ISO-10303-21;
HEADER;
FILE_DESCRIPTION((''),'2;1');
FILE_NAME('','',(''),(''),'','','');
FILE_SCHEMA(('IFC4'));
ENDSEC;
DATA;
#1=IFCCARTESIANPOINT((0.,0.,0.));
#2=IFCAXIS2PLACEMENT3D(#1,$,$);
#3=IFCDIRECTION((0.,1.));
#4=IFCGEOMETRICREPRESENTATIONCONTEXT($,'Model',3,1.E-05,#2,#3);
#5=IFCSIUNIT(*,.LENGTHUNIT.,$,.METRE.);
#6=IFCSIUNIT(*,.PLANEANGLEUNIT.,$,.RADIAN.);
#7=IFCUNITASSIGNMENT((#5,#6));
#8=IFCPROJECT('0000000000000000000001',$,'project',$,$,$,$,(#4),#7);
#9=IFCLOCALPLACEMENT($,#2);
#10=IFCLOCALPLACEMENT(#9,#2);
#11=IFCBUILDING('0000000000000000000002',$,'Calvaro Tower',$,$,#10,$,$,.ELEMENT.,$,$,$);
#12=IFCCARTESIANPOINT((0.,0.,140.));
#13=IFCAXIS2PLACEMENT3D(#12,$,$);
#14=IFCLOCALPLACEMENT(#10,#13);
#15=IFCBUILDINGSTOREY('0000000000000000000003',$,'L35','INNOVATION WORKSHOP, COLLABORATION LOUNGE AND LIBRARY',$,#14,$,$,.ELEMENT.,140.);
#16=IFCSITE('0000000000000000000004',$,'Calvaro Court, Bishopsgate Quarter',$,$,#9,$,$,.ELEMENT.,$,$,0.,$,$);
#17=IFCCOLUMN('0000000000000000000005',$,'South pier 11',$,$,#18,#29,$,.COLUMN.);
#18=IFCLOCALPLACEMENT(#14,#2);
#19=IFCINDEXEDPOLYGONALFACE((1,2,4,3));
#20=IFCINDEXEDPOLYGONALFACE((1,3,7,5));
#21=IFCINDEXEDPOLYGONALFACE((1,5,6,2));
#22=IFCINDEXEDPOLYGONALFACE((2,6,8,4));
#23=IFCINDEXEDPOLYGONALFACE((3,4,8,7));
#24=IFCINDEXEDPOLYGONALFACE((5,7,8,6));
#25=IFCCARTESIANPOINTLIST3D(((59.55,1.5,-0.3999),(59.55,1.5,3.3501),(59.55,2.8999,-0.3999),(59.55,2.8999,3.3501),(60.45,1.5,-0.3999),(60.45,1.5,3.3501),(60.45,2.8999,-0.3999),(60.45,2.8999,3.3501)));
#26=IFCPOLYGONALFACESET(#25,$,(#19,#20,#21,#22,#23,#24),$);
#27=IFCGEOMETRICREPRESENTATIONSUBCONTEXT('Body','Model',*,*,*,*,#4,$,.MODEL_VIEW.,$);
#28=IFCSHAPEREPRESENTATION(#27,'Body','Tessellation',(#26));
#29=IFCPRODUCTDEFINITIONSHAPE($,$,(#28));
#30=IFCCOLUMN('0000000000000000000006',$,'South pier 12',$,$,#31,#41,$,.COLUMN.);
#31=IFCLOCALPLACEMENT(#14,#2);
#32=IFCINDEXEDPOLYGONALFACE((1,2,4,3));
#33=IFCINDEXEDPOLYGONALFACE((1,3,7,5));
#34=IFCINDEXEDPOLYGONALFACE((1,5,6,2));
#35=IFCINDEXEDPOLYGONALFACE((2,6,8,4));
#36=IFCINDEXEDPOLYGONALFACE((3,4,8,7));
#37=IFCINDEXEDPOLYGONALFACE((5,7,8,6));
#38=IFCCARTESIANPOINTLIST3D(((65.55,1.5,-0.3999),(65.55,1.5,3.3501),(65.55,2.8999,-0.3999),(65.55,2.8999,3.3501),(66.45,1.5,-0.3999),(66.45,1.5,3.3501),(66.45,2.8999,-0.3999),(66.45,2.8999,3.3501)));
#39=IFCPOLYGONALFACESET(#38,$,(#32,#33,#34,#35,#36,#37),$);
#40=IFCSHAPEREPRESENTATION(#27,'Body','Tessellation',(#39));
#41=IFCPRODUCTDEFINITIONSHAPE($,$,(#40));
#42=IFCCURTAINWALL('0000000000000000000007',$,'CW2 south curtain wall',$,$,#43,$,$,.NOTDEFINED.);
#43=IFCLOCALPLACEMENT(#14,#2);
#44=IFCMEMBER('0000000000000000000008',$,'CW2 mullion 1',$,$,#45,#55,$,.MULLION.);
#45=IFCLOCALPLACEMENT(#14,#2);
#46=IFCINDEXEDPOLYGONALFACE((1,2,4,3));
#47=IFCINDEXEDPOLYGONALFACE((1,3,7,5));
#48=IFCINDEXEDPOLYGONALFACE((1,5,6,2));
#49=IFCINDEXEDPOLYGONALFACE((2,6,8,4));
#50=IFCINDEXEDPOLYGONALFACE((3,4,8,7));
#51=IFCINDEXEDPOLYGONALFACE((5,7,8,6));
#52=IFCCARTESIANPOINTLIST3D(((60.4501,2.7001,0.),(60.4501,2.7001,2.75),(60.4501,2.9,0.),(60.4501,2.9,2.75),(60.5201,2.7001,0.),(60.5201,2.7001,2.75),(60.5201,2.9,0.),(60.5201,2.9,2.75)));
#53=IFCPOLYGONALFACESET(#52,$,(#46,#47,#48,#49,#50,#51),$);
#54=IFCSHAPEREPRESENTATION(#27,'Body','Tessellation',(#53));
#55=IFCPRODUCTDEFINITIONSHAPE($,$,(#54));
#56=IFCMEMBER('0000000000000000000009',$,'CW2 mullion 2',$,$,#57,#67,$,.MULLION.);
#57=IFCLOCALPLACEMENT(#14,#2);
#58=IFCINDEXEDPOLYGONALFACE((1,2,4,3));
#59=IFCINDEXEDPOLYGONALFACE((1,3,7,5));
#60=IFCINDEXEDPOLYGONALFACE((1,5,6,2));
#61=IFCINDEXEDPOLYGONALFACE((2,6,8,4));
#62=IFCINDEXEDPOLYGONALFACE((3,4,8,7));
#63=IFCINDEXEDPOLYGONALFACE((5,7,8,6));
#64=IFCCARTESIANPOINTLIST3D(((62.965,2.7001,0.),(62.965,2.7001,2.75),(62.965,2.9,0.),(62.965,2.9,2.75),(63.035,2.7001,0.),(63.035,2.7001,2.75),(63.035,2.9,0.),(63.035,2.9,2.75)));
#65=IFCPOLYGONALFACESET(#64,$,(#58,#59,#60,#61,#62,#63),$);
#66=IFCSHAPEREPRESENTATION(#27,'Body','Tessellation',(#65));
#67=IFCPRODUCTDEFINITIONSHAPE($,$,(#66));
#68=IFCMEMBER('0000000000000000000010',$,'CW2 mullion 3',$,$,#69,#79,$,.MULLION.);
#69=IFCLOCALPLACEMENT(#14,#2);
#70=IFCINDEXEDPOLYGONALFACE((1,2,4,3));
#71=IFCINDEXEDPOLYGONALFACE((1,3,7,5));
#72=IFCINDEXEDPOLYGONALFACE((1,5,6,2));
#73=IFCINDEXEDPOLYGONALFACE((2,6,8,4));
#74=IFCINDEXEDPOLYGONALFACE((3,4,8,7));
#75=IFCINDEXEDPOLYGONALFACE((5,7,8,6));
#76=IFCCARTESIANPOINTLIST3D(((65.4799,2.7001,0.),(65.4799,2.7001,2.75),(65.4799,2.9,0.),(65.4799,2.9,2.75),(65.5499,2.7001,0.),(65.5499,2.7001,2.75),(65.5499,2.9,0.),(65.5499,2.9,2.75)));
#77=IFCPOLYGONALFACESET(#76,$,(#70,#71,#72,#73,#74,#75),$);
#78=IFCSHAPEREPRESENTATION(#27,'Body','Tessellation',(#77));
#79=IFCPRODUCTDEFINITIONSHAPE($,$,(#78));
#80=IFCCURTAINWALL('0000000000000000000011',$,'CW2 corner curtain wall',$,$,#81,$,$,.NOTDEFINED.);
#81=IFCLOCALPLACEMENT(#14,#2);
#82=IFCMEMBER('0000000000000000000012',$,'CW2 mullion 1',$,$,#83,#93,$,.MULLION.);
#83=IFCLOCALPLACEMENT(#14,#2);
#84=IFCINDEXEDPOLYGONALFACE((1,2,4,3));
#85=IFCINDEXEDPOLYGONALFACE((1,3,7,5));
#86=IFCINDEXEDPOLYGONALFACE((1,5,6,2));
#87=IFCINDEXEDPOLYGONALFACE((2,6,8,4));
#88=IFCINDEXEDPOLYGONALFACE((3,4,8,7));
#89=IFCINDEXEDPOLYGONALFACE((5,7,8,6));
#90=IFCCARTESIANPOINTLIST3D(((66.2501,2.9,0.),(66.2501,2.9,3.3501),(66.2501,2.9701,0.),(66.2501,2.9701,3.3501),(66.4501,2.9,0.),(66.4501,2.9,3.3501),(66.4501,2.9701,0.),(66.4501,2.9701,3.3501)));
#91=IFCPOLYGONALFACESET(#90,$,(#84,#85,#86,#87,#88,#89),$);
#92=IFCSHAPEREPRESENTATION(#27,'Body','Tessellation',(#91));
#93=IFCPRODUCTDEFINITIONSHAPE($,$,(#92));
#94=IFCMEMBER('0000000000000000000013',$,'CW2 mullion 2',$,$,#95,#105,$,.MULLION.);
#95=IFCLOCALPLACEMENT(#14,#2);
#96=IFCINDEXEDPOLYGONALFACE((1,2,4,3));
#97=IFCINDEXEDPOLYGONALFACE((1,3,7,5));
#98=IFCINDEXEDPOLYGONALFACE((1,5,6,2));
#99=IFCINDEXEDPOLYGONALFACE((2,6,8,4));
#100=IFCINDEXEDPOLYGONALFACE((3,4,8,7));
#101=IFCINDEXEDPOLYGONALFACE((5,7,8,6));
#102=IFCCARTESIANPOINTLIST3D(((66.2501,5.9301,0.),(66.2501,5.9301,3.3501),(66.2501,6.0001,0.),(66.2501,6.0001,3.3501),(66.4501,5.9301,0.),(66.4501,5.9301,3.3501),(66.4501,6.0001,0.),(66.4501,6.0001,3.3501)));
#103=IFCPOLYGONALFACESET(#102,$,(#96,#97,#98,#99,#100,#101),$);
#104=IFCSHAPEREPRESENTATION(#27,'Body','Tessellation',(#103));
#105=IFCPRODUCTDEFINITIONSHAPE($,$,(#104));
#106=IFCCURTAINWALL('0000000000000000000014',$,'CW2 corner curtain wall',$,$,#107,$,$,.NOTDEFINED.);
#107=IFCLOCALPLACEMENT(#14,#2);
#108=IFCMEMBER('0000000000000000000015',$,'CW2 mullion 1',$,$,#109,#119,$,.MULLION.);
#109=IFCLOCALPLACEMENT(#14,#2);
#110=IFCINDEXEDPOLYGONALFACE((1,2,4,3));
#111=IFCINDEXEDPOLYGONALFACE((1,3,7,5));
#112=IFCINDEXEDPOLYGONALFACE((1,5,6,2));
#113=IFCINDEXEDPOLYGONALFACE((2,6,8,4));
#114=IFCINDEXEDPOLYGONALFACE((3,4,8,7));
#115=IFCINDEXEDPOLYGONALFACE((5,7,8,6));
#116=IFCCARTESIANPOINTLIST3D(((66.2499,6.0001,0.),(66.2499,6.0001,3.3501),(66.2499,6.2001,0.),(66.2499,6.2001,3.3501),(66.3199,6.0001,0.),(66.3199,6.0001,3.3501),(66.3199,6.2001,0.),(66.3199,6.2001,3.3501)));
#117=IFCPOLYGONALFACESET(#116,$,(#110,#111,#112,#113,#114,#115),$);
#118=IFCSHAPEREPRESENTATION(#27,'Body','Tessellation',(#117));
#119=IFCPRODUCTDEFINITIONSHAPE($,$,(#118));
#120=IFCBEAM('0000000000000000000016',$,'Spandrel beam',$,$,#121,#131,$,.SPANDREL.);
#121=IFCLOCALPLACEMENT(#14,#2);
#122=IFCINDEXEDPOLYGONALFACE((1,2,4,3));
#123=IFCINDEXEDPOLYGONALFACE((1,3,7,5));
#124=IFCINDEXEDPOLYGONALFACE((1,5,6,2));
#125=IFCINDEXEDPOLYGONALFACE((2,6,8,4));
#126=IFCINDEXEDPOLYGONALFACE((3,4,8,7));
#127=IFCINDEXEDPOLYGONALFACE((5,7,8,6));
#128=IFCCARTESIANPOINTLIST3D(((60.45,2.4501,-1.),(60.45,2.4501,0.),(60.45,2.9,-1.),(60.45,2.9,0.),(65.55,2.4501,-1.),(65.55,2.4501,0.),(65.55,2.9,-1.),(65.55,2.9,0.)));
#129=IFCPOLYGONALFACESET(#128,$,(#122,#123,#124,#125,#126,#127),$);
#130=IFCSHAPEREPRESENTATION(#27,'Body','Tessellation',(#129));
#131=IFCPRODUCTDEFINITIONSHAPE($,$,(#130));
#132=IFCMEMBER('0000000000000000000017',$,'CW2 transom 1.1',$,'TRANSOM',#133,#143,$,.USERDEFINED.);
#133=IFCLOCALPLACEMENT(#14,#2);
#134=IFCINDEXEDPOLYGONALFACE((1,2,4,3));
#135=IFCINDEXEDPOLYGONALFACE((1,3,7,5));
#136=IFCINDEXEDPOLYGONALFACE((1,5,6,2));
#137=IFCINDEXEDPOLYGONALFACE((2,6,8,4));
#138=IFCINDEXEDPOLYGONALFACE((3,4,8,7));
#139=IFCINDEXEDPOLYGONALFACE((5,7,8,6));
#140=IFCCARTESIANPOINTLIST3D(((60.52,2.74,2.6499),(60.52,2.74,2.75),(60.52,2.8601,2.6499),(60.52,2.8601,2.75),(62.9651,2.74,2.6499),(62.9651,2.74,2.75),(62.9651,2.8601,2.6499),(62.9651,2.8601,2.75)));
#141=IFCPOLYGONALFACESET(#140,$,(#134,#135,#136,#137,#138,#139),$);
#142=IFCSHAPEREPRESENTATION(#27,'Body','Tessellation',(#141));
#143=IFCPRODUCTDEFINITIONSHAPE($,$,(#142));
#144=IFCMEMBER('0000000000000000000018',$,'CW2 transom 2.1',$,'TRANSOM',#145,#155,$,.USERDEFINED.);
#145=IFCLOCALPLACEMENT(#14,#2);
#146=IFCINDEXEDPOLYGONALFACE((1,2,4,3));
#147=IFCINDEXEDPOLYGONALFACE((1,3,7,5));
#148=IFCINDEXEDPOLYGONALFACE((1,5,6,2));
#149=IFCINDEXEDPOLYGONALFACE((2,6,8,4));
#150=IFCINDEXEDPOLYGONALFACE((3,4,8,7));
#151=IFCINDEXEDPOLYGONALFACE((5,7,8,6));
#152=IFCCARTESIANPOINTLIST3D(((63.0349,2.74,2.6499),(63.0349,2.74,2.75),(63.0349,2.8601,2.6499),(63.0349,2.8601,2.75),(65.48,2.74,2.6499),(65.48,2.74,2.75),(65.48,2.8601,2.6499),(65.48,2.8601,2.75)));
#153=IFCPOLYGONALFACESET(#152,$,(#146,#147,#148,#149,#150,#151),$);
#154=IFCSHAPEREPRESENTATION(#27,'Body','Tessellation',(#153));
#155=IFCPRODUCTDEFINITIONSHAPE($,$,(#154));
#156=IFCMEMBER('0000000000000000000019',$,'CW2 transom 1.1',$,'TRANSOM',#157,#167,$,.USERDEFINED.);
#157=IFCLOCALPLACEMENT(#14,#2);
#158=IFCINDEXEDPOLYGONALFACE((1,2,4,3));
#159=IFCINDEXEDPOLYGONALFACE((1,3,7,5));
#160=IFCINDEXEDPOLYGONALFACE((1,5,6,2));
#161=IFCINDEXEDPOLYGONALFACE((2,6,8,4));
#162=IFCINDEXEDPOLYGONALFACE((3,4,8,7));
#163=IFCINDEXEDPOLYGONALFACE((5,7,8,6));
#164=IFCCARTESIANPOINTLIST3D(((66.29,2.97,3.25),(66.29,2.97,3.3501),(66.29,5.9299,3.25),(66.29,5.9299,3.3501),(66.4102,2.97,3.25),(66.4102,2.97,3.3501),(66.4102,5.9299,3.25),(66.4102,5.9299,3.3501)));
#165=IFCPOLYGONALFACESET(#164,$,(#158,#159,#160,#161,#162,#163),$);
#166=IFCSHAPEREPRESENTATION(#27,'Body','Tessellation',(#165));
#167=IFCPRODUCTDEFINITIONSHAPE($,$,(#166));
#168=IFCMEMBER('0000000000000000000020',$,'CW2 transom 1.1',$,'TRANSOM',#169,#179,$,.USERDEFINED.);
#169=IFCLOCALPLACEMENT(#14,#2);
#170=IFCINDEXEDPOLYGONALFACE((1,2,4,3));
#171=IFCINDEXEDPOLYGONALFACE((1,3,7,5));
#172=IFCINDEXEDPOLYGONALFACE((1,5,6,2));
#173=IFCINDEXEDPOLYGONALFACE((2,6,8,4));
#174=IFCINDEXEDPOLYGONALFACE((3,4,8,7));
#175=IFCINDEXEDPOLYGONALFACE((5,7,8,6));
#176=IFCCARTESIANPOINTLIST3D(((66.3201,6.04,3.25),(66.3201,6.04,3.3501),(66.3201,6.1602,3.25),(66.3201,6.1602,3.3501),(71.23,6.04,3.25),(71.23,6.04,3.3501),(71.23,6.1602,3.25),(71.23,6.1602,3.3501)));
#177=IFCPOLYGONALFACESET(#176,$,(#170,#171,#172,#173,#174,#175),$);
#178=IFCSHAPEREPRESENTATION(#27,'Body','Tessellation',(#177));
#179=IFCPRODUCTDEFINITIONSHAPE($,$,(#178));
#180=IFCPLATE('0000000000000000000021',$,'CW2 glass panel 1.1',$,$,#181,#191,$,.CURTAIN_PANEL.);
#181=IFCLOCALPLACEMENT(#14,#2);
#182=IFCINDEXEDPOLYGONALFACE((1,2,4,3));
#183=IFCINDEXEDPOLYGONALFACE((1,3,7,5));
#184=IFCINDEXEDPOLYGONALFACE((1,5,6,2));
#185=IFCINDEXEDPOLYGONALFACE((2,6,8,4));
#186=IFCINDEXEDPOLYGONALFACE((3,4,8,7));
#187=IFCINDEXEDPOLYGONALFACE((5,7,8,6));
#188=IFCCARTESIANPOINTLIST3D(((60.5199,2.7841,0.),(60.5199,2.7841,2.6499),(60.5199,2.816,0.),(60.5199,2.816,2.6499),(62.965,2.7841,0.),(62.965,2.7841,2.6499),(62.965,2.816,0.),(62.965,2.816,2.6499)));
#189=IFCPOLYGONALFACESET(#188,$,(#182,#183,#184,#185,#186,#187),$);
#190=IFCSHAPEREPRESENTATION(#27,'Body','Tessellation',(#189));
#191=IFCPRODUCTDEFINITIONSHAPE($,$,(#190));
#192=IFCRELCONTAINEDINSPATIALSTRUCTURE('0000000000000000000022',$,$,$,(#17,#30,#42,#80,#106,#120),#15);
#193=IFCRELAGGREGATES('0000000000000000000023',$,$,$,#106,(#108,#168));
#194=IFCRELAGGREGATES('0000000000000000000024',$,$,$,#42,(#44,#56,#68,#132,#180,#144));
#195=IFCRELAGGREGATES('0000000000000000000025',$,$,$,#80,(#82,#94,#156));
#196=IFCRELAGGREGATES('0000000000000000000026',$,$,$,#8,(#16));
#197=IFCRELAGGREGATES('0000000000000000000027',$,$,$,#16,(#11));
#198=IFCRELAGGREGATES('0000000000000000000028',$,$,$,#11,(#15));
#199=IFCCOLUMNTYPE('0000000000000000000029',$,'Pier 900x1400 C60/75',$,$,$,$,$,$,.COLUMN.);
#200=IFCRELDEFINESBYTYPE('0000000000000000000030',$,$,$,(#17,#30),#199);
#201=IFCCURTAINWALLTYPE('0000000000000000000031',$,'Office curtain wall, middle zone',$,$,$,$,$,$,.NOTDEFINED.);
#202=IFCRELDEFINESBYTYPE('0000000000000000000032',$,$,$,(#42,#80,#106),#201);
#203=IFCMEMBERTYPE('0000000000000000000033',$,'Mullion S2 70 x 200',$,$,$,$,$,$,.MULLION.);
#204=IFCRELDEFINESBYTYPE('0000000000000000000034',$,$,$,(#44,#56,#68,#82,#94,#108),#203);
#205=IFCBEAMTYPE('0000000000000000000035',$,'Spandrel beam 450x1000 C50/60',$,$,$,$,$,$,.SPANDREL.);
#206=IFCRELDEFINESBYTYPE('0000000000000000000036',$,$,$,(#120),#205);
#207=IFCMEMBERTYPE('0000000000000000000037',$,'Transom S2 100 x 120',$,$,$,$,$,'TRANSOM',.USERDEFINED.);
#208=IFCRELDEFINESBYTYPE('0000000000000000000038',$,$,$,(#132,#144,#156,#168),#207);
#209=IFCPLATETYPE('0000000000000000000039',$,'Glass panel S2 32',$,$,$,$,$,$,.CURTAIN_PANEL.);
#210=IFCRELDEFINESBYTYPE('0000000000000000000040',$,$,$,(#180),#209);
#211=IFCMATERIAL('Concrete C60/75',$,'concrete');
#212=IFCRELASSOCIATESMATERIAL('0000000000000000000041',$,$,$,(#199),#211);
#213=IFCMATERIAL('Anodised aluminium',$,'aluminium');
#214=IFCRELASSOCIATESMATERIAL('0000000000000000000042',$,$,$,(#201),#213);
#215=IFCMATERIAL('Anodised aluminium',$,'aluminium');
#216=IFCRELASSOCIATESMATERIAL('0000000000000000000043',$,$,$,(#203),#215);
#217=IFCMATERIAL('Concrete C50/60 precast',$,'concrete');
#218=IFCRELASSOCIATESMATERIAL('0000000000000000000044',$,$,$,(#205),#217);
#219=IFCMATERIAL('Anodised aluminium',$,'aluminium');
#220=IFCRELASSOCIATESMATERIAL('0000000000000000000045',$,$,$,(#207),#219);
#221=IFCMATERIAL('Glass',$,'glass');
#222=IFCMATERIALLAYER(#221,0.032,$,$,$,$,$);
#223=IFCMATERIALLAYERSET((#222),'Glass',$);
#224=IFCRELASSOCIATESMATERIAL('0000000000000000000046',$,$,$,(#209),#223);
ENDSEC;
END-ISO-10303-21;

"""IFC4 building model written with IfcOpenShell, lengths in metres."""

from ifc_helpers import new_model, si_unit, direction, frame, origin, origin_2d, place, context, subcontext, project, spatial, rectangle, extrude, material, layer, layer_set, material_profile, profile_set, type_object, element, aggregate, save


model = new_model("IFC4")

# Units and contexts
model_context = context("Model", 3, precision=1e-05, world=origin(), true_north=direction((0.0, 1.0)))
body_context = subcontext(model_context, "Body", "Model", "MODEL_VIEW")
ifc_project = project(units=[si_unit("LENGTHUNIT", "METRE"), si_unit("PLANEANGLEUNIT", "RADIAN")], contexts=[model_context])

# Site, building, storey
site_placement = place(None, origin())
site = spatial("IfcSite", under=ifc_project, at=site_placement, Name="Calvaro Court, Bishopsgate Quarter", CompositionType="ELEMENT", RefElevation=0.0)
building_placement = place(site_placement, origin())
building = spatial("IfcBuilding", under=site, at=building_placement, Name="Calvaro Tower", CompositionType="ELEMENT")
storey_placement = place(building_placement, frame((0.0, 0.0, 140.0)))
storey = spatial("IfcBuildingStorey", under=building, at=storey_placement, Name="L35", Description="INNOVATION WORKSHOP, COLLABORATION LOUNGE AND LIBRARY", CompositionType="ELEMENT", Elevation=140.0)

# Columns
ifc_material_1 = material(Name="Concrete C60/75", Category="concrete")
ifc_material_profile_1 = material_profile(ifc_material_1, rectangle(XDim=0.8999, YDim=1.3999, at=origin_2d()), Name="RC 900x1400")
ifc_profile_set_1 = profile_set([ifc_material_profile_1], Name="Concrete C60/75")
column_type = type_object("IfcColumnType", Name="Pier 900x1400 C60/75", PredefinedType="COLUMN", material=ifc_profile_set_1)
for number, where, z_axis, x_axis, name in (
    (1, (60.0, 2.2, -0.3999), (0.0, 0.0, 1.0), (1.0, 0.0, 0.0), "South pier 11"),
    (2, (66.0, 2.2, -0.3999), (0.0, 0.0, 1.0), (1.0, 0.0, 0.0), "South pier 12"),
):
    element("IfcColumn", number, at=place(storey_placement, frame(where, z_axis=z_axis, x_axis=x_axis)), inside=storey, type_object=column_type, Name=name, PredefinedType="COLUMN", context=body_context, shape_type="SweptSolid", body=[
        extrude(rectangle(XDim=0.8999, YDim=1.3999, at=origin_2d()), origin(), (0.0, 0.0, 1.0), 3.75),
    ])

# Curtain walls, members
ifc_material_2 = material(Name="Anodised aluminium", Category="aluminium")
curtain_wall_type = type_object("IfcCurtainWallType", Name="Office curtain wall, middle zone", PredefinedType="NOTDEFINED", material=ifc_material_2)
curtain_wall_1_placement = place(storey_placement, origin())
curtain_wall_1 = element("IfcCurtainWall", 3, at=curtain_wall_1_placement, inside=storey, type_object=curtain_wall_type, Name="CW2 south curtain wall", PredefinedType="NOTDEFINED")
ifc_material_3 = material(Name="Anodised aluminium", Category="aluminium")
ifc_material_profile_2 = material_profile(ifc_material_3, rectangle(XDim=0.2, YDim=0.0701, at=origin_2d()), Name="Mullion S2 70 x 200")
ifc_profile_set_2 = profile_set([ifc_material_profile_2], Name="Anodised aluminium")
member_type_1 = type_object("IfcMemberType", Name="Mullion S2 70 x 200", PredefinedType="MULLION", material=ifc_profile_set_2)
member_1_placement = place(storey_placement, frame((60.4851, 2.8, 0.0), z_axis=(0.0, 0.0, 1.0), x_axis=(0.0, 1.0, 0.0)))
member_1 = element("IfcMember", 4, at=member_1_placement, type_object=member_type_1, Name="CW2 mullion 1", PredefinedType="MULLION", context=body_context, shape_type="SweptSolid", body=[
    extrude(rectangle(XDim=0.2, YDim=0.0701, at=origin_2d()), origin(), (0.0, 0.0, 1.0), 2.75),
])
member_2_placement = place(storey_placement, frame((63.0, 2.8, 0.0), z_axis=(0.0, 0.0, 1.0), x_axis=(0.0, 1.0, 0.0)))
member_2 = element("IfcMember", 5, at=member_2_placement, type_object=member_type_1, Name="CW2 mullion 2", PredefinedType="MULLION", context=body_context, shape_type="SweptSolid", body=[
    extrude(rectangle(XDim=0.2, YDim=0.0701, at=origin_2d()), origin(), (0.0, 0.0, 1.0), 2.75),
])
member_3_placement = place(storey_placement, frame((65.5149, 2.8, 0.0), z_axis=(0.0, 0.0, 1.0), x_axis=(0.0, 1.0, 0.0)))
member_3 = element("IfcMember", 6, at=member_3_placement, type_object=member_type_1, Name="CW2 mullion 3", PredefinedType="MULLION", context=body_context, shape_type="SweptSolid", body=[
    extrude(rectangle(XDim=0.2, YDim=0.0701, at=origin_2d()), origin(), (0.0, 0.0, 1.0), 2.75),
])
curtain_wall_2_placement = place(storey_placement, origin())
curtain_wall_2 = element("IfcCurtainWall", 7, at=curtain_wall_2_placement, inside=storey, type_object=curtain_wall_type, Name="CW2 corner curtain wall", PredefinedType="NOTDEFINED")
member_4_placement = place(storey_placement, frame((66.3501, 2.9351, 0.0), z_axis=(0.0, 0.0, 1.0), x_axis=(-1.0, 0.0, 0.0)))
member_4 = element("IfcMember", 8, at=member_4_placement, type_object=member_type_1, Name="CW2 mullion 1", PredefinedType="MULLION", context=body_context, shape_type="SweptSolid", body=[
    extrude(rectangle(XDim=0.2, YDim=0.0701, at=origin_2d()), origin(), (0.0, 0.0, 1.0), 3.3501),
])
member_5_placement = place(storey_placement, frame((66.3501, 5.9651, 0.0), z_axis=(0.0, 0.0, 1.0), x_axis=(-1.0, 0.0, 0.0)))
member_5 = element("IfcMember", 9, at=member_5_placement, type_object=member_type_1, Name="CW2 mullion 2", PredefinedType="MULLION", context=body_context, shape_type="SweptSolid", body=[
    extrude(rectangle(XDim=0.2, YDim=0.0701, at=origin_2d()), origin(), (0.0, 0.0, 1.0), 3.3501),
])

# Curtain wall, member
curtain_wall_3_placement = place(storey_placement, origin())
curtain_wall_3 = element("IfcCurtainWall", 10, at=curtain_wall_3_placement, inside=storey, type_object=curtain_wall_type, Name="CW2 corner curtain wall", PredefinedType="NOTDEFINED")
member_6_placement = place(storey_placement, frame((66.2849, 6.1001, 0.0), z_axis=(0.0, 0.0, 1.0), x_axis=(0.0, 1.0, 0.0)))
member_6 = element("IfcMember", 11, at=member_6_placement, type_object=member_type_1, Name="CW2 mullion 1", PredefinedType="MULLION", context=body_context, shape_type="SweptSolid", body=[
    extrude(rectangle(XDim=0.2, YDim=0.0701, at=origin_2d()), origin(), (0.0, 0.0, 1.0), 3.3501),
])

# Beam
ifc_material_4 = material(Name="Concrete C50/60 precast", Category="concrete")
ifc_material_profile_3 = material_profile(ifc_material_4, rectangle(XDim=0.45, YDim=1.0, at=origin_2d()), Name="RC 450x1000")
ifc_profile_set_3 = profile_set([ifc_material_profile_3], Name="Concrete C50/60 precast")
beam_type = type_object("IfcBeamType", Name="Spandrel beam 450x1000 C50/60", PredefinedType="SPANDREL", material=ifc_profile_set_3)
beam_placement = place(storey_placement, frame((60.45, 2.675, -0.5), z_axis=(1.0, 0.0, 0.0), x_axis=(0.0, 1.0, 0.0)))
element("IfcBeam", 12, at=beam_placement, inside=storey, type_object=beam_type, Name="Spandrel beam", PredefinedType="SPANDREL", context=body_context, shape_type="SweptSolid", body=[
    extrude(rectangle(XDim=0.45, YDim=1.0, at=origin_2d()), origin(), (0.0, 0.0, 1.0), 5.1001),
])

# Members
ifc_material_5 = material(Name="Anodised aluminium", Category="aluminium")
ifc_material_profile_4 = material_profile(ifc_material_5, rectangle(XDim=0.1201, YDim=0.1001, at=origin_2d()), Name="Transom S2 100 x 120")
ifc_profile_set_4 = profile_set([ifc_material_profile_4], Name="Anodised aluminium")
member_type_2 = type_object("IfcMemberType", Name="Transom S2 100 x 120", ElementType="TRANSOM", PredefinedType="USERDEFINED", material=ifc_profile_set_4)
member_7_placement = place(storey_placement, frame((60.52, 2.8, 2.7), z_axis=(1.0, 0.0, 0.0), x_axis=(0.0, 1.0, 0.0)))
member_7 = element("IfcMember", 13, at=member_7_placement, type_object=member_type_2, Name="CW2 transom 1.1", ObjectType="TRANSOM", PredefinedType="USERDEFINED", context=body_context, shape_type="SweptSolid", body=[
    extrude(rectangle(XDim=0.1201, YDim=0.1001, at=origin_2d()), origin(), (0.0, 0.0, 1.0), 2.4451),
])
member_8_placement = place(storey_placement, frame((63.0349, 2.8, 2.7), z_axis=(1.0, 0.0, 0.0), x_axis=(0.0, 1.0, 0.0)))
member_8 = element("IfcMember", 14, at=member_8_placement, type_object=member_type_2, Name="CW2 transom 2.1", ObjectType="TRANSOM", PredefinedType="USERDEFINED", context=body_context, shape_type="SweptSolid", body=[
    extrude(rectangle(XDim=0.1201, YDim=0.1001, at=origin_2d()), origin(), (0.0, 0.0, 1.0), 2.4451),
])
member_9_placement = place(storey_placement, frame((66.3501, 2.97, 3.3), z_axis=(0.0, 1.0, 0.0), x_axis=(-1.0, 0.0, 0.0)))
member_9 = element("IfcMember", 15, at=member_9_placement, type_object=member_type_2, Name="CW2 transom 1.1", ObjectType="TRANSOM", PredefinedType="USERDEFINED", context=body_context, shape_type="SweptSolid", body=[
    extrude(rectangle(XDim=0.1201, YDim=0.1001, at=origin_2d()), origin(), (0.0, 0.0, 1.0), 2.96),
])
member_10_placement = place(storey_placement, frame((66.3201, 6.1001, 3.3), z_axis=(1.0, 0.0, 0.0), x_axis=(0.0, 1.0, 0.0)))
member_10 = element("IfcMember", 16, at=member_10_placement, type_object=member_type_2, Name="CW2 transom 1.1", ObjectType="TRANSOM", PredefinedType="USERDEFINED", context=body_context, shape_type="SweptSolid", body=[
    extrude(rectangle(XDim=0.1201, YDim=0.1001, at=origin_2d()), origin(), (0.0, 0.0, 1.0), 4.9099),
])
aggregate(curtain_wall_3, [member_6, member_10])

# Plate
ifc_material_6 = material(Name="Glass", Category="glass")
ifc_layer_1 = layer(ifc_material_6, 0.032)
ifc_layer_set_1 = layer_set([ifc_layer_1], Name="Glass")
plate_type = type_object("IfcPlateType", Name="Glass panel S2 32", PredefinedType="CURTAIN_PANEL", material=ifc_layer_set_1)
plate_1_placement = place(storey_placement, frame((61.7424, 2.8, 0.0), z_axis=(0.0, 0.0, 1.0), x_axis=(1.0, 0.0, 0.0)))
plate_1 = element("IfcPlate", 17, at=plate_1_placement, type_object=plate_type, Name="CW2 glass panel 1.1", PredefinedType="CURTAIN_PANEL", context=body_context, shape_type="SweptSolid", body=[
    extrude(rectangle(XDim=2.4451, YDim=0.032, at=origin_2d()), origin(), (0.0, 0.0, 1.0), 2.6499),
])
aggregate(curtain_wall_1, [member_1, member_2, member_3, member_7, plate_1, member_8])
aggregate(curtain_wall_2, [member_4, member_5, member_9])

save(model, "model.ifc")
